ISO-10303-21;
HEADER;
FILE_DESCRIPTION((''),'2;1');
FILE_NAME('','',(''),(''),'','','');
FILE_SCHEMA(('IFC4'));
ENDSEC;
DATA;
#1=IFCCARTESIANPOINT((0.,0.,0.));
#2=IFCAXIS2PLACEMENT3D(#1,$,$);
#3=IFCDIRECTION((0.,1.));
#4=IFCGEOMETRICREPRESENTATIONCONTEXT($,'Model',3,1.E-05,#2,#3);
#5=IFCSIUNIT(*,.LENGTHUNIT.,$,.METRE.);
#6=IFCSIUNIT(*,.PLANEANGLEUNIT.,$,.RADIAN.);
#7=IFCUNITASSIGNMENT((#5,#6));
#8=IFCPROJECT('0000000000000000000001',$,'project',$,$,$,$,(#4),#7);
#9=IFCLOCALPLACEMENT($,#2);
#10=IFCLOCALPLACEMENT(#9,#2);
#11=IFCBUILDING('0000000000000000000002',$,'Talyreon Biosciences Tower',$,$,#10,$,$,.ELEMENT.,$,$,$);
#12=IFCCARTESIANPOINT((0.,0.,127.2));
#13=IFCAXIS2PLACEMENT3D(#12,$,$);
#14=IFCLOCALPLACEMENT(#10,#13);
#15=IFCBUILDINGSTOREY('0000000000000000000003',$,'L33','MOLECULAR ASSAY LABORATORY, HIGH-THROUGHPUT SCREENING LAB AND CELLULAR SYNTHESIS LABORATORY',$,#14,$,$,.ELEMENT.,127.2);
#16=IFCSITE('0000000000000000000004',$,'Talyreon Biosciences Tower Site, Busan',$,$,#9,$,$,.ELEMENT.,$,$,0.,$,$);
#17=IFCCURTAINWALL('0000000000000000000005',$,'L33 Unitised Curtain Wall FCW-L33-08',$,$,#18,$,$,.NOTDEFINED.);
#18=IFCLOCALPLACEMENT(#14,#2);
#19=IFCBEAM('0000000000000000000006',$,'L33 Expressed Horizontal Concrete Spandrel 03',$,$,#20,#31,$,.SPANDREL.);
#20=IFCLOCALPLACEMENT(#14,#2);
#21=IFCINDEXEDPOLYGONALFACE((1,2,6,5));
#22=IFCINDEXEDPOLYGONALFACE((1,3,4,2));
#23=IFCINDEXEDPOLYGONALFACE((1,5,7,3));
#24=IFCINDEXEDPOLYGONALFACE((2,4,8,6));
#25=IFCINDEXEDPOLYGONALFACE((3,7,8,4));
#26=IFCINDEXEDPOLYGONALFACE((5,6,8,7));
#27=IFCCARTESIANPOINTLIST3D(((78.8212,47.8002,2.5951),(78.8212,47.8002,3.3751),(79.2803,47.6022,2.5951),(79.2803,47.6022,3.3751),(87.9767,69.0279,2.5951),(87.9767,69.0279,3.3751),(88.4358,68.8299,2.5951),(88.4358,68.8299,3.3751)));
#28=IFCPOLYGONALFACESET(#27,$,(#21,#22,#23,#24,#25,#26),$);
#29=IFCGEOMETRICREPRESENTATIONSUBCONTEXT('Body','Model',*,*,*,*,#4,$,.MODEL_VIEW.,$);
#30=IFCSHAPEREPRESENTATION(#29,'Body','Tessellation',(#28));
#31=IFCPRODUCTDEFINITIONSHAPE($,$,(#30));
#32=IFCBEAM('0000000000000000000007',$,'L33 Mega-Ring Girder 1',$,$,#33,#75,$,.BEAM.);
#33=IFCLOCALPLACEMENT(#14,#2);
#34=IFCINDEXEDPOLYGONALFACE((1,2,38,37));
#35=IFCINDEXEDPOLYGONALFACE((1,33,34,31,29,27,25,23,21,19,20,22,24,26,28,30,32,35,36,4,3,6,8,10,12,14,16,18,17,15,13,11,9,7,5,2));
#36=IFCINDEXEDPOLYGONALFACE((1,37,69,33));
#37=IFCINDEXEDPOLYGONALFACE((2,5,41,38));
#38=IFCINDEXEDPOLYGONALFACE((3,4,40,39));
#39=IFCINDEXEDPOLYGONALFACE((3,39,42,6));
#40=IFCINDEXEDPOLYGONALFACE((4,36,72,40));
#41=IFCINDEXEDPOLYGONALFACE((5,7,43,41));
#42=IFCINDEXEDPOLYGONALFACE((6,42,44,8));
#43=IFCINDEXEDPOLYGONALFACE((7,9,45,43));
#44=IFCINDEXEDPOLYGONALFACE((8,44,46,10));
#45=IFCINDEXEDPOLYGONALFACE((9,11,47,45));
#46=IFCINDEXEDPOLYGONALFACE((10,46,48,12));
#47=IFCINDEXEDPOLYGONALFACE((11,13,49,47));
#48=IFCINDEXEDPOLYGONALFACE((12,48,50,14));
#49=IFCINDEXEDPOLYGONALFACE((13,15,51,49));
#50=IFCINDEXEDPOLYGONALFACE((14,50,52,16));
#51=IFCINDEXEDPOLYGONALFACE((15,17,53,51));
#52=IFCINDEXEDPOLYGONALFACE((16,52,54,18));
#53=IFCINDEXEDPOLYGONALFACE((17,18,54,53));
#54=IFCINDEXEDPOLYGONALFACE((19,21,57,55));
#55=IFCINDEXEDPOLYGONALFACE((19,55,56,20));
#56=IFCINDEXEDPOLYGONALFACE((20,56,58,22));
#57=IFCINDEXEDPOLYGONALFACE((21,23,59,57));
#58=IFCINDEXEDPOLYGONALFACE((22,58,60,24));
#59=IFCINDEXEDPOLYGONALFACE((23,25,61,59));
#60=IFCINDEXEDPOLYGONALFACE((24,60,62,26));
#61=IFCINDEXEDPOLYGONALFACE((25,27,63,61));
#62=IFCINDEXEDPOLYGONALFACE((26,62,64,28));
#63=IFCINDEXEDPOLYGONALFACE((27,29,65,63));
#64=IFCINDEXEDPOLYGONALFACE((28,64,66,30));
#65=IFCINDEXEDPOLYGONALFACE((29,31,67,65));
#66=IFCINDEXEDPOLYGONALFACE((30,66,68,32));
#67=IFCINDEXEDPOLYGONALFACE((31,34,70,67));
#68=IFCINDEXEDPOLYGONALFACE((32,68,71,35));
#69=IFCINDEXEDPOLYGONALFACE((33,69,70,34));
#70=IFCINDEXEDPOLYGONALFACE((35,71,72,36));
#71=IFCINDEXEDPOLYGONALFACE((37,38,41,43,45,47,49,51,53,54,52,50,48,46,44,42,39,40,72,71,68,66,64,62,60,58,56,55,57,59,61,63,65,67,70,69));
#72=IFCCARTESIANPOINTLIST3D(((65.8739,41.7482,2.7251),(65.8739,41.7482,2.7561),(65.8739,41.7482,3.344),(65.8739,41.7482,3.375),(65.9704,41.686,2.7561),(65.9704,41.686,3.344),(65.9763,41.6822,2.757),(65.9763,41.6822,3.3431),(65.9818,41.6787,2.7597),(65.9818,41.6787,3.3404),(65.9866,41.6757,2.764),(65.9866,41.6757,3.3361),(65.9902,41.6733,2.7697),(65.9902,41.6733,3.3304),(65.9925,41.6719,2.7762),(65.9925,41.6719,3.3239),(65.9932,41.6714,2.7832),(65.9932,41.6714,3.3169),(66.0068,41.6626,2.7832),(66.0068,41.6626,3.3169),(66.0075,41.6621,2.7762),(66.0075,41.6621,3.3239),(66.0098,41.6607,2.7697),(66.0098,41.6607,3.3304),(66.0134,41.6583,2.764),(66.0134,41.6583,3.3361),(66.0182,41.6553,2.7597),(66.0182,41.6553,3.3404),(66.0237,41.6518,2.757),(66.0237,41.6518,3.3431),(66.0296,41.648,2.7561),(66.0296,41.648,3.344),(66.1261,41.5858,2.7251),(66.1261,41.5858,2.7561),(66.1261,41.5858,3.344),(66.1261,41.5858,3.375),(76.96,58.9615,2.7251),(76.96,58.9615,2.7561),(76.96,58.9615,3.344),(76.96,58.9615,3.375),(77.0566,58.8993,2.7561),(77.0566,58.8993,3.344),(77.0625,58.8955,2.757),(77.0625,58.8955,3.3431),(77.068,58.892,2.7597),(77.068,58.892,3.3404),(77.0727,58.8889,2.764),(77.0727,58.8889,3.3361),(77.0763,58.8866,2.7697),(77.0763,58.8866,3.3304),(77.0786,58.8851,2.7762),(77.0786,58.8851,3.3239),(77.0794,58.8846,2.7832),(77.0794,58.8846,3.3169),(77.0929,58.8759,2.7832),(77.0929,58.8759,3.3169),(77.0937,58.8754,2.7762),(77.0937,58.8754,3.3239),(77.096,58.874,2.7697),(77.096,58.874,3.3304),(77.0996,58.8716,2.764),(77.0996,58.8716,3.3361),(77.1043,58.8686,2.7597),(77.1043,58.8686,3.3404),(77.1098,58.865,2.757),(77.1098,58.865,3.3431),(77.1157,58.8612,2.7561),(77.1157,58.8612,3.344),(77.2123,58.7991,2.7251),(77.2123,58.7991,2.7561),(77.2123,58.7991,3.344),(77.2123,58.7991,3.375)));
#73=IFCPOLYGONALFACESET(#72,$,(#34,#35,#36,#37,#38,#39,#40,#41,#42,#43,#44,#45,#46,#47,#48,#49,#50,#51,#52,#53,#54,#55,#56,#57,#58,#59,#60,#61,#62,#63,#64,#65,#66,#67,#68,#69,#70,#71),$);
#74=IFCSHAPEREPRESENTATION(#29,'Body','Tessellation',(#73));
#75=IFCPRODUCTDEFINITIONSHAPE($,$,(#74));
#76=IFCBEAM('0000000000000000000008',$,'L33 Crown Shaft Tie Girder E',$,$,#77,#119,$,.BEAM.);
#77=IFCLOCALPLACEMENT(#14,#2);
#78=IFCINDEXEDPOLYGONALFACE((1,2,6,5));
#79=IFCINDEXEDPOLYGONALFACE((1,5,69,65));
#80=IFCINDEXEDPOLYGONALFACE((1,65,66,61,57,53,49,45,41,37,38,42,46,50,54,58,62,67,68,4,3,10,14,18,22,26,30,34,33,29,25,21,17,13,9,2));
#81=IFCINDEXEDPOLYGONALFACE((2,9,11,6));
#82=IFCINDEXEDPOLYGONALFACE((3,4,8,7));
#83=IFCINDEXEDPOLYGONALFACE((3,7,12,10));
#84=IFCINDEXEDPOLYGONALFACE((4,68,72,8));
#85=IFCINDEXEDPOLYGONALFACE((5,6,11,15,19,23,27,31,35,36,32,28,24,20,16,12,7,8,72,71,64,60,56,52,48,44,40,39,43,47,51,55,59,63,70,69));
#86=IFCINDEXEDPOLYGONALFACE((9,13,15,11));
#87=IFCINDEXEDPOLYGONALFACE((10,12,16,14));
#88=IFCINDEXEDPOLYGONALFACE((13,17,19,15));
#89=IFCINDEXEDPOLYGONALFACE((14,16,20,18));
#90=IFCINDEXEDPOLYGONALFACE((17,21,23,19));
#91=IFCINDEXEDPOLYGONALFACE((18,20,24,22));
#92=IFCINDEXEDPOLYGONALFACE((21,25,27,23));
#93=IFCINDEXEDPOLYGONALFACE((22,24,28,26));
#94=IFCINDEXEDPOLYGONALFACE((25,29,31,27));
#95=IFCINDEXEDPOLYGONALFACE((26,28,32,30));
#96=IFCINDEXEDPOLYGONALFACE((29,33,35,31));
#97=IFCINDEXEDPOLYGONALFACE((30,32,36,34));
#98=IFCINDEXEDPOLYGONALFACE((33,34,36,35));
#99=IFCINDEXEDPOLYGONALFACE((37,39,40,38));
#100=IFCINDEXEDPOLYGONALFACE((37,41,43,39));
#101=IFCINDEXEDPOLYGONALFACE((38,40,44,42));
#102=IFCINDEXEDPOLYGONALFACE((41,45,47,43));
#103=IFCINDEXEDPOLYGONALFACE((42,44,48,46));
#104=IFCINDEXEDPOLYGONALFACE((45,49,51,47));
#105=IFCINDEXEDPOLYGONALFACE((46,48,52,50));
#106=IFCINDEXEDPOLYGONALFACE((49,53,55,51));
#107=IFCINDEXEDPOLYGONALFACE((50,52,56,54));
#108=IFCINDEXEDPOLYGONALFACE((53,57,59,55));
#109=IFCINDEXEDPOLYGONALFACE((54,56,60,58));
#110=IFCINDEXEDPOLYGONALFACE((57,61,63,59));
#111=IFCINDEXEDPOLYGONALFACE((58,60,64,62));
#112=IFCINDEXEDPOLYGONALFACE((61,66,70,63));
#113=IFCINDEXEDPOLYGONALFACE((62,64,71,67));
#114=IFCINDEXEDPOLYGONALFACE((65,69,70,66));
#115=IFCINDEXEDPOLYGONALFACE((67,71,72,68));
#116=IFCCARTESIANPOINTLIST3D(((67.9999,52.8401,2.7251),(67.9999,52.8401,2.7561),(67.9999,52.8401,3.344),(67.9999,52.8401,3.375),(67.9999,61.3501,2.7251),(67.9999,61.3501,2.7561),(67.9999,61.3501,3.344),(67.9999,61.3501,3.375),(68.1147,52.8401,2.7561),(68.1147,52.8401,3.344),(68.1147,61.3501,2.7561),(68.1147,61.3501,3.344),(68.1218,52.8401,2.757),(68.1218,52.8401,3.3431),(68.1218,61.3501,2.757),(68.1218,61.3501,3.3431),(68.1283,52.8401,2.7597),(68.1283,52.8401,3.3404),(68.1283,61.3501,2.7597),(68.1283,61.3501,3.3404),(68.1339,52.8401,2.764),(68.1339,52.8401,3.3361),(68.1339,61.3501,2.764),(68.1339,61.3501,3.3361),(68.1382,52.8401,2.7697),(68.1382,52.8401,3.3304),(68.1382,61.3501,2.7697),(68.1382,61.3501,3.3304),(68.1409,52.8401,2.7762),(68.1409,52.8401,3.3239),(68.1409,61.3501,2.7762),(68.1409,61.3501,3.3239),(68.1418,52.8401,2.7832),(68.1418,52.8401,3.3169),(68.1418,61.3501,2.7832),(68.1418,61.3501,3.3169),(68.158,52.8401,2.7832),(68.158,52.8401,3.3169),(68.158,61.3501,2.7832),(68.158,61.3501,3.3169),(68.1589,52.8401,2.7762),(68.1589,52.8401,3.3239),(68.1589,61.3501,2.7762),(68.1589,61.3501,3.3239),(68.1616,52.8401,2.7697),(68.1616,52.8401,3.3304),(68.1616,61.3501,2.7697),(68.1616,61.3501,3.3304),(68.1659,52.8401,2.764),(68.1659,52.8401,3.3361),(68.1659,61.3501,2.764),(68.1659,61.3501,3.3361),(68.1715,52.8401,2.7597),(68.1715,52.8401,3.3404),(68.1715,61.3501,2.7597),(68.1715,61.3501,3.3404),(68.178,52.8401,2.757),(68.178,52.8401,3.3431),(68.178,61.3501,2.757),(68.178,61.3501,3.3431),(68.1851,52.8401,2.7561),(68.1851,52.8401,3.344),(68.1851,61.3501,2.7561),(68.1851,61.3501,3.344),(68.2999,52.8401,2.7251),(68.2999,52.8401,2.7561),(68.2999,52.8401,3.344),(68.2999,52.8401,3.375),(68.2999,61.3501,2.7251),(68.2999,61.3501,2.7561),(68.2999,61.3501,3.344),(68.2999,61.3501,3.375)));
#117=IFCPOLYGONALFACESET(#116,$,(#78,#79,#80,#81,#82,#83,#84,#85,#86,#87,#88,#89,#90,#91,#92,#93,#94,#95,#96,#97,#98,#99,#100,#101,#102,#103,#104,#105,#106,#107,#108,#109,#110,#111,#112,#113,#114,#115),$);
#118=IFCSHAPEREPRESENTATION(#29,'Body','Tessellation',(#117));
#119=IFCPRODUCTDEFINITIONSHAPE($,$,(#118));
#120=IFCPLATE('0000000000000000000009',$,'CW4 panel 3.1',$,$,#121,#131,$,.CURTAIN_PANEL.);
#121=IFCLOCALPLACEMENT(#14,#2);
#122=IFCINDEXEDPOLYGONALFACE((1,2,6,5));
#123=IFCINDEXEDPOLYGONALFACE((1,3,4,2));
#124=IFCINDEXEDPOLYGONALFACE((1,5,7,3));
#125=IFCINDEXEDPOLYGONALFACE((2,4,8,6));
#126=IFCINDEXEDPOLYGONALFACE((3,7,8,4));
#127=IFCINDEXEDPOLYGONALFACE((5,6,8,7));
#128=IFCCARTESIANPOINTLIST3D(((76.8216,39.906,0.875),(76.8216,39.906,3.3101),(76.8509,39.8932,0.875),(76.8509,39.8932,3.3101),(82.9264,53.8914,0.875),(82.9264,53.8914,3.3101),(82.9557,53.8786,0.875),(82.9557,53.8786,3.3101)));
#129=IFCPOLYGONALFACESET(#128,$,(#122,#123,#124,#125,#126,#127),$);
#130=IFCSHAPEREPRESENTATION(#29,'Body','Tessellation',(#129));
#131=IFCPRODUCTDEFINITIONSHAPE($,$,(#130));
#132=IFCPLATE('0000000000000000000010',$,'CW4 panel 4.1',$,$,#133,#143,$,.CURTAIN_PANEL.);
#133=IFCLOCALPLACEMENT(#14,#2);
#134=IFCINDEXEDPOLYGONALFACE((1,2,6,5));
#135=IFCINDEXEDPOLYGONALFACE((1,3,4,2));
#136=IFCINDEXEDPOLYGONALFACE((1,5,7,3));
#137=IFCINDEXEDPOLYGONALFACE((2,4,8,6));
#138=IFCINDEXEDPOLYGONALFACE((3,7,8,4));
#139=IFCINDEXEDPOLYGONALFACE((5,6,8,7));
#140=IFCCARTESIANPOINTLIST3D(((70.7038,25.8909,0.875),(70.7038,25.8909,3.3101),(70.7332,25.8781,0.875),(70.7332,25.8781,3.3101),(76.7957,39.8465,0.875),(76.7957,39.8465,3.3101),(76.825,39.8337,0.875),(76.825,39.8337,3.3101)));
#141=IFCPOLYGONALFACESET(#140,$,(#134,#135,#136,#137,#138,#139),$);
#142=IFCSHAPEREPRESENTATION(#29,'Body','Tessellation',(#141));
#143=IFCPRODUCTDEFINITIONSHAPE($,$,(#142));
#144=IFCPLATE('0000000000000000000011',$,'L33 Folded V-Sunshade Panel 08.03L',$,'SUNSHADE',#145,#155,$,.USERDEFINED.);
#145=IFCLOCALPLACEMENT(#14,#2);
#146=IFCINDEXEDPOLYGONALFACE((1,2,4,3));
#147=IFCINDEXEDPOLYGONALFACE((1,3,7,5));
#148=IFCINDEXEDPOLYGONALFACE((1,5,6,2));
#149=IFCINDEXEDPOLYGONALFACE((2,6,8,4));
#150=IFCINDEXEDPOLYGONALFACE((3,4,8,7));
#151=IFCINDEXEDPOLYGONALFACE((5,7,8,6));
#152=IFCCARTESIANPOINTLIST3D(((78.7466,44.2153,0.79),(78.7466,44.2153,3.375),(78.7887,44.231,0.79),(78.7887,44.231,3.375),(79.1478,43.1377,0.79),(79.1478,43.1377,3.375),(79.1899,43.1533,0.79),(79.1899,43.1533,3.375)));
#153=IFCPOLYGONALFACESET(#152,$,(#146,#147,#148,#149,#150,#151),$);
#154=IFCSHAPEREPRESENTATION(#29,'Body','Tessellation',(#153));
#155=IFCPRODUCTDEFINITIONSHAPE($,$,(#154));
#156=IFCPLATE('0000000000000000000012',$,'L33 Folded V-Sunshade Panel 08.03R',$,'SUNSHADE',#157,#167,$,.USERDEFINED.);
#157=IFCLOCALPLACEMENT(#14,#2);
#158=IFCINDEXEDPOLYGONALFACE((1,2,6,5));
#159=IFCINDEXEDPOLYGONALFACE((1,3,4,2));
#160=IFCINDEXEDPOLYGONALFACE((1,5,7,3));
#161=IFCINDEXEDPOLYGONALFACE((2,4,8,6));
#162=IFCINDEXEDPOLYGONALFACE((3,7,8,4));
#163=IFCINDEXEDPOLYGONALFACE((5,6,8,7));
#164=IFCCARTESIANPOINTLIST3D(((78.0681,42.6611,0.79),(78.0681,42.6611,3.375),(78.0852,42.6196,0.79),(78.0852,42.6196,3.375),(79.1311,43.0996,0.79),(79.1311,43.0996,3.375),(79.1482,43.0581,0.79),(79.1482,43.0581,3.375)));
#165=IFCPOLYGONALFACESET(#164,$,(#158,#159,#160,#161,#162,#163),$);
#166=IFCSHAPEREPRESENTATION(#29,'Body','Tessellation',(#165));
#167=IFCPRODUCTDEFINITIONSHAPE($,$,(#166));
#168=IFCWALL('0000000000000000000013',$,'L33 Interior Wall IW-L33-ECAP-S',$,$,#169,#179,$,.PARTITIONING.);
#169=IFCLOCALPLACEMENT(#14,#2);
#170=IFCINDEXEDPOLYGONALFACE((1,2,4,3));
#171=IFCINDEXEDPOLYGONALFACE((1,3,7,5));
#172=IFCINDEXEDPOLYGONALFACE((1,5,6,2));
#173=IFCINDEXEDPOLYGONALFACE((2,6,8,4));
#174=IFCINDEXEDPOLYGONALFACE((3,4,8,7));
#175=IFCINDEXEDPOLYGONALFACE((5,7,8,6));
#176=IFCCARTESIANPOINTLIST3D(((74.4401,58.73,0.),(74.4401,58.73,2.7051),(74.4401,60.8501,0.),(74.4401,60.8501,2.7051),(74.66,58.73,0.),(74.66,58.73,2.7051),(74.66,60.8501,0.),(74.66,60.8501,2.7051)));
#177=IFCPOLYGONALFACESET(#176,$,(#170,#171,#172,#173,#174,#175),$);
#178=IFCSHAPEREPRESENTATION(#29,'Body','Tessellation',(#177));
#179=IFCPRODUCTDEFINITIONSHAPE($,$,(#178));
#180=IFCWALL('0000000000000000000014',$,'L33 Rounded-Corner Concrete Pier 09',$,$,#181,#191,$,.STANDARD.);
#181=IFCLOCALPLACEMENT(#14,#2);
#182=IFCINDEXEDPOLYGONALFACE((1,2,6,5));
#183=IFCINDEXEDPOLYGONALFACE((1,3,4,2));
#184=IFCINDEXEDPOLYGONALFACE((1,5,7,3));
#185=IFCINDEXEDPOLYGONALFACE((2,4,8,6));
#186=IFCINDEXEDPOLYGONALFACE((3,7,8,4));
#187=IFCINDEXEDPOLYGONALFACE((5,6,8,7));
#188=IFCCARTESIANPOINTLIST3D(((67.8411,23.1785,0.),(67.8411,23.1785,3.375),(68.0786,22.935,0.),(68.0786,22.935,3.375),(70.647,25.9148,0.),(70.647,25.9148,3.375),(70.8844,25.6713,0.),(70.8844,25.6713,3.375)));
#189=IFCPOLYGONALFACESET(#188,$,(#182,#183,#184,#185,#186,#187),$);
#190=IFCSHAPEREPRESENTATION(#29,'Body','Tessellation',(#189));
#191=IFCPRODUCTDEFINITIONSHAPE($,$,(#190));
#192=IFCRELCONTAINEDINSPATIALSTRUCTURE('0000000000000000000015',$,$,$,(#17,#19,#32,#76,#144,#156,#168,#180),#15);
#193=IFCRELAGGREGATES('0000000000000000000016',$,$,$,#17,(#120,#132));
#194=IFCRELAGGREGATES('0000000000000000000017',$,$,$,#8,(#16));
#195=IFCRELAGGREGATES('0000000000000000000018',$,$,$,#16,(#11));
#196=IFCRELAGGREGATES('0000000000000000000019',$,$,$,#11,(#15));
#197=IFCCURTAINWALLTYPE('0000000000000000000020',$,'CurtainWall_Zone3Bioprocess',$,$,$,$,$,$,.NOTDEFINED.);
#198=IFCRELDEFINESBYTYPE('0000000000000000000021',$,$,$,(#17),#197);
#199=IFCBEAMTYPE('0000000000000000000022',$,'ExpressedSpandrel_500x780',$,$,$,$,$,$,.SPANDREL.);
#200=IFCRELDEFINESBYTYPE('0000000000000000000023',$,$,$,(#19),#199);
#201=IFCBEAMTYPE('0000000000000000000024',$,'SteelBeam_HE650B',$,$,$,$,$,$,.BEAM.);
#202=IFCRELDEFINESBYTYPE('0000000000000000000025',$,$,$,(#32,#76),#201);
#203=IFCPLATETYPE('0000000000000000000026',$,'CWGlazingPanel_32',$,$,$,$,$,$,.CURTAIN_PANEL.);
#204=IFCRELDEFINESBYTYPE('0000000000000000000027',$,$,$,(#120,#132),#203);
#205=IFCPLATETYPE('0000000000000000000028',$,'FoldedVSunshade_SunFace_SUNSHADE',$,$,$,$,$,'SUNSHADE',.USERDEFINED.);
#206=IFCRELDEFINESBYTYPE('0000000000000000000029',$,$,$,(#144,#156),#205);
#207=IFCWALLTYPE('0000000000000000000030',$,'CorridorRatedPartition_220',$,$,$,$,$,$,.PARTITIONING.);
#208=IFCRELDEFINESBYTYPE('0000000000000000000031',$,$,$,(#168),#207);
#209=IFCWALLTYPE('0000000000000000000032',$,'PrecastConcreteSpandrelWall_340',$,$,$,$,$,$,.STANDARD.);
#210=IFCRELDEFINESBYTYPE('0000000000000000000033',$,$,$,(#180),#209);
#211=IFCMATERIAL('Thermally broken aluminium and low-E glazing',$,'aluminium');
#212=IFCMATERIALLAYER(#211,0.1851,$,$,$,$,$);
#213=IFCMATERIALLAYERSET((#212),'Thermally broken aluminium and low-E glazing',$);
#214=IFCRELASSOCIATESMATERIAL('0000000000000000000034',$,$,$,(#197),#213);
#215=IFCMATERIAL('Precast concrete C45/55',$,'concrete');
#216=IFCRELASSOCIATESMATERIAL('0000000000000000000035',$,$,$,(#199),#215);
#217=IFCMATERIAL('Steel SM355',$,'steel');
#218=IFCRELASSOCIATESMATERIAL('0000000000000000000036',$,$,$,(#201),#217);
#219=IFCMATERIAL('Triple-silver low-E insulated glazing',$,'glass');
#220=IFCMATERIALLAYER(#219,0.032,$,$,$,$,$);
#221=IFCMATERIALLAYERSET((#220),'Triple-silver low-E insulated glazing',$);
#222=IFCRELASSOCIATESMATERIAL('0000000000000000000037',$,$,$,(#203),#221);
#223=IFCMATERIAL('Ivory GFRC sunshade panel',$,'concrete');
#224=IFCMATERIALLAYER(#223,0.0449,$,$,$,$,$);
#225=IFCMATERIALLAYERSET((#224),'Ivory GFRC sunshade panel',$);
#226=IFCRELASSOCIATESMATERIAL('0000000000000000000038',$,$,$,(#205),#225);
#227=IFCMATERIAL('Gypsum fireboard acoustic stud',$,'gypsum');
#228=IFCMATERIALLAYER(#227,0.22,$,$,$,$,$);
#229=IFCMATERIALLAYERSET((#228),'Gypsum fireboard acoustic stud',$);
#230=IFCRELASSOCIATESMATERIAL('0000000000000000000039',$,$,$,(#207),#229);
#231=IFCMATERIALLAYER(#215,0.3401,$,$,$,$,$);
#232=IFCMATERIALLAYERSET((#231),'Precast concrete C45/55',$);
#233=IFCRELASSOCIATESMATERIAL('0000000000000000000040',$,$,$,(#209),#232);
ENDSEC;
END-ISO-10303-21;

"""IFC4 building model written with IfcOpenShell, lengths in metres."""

from ifc_helpers import new_model, si_unit, direction, frame, frame_2d, origin, origin_2d, place, context, subcontext, project, spatial, rectangle, i_section, extrude, material, layer, layer_set, material_profile, profile_set, type_object, element, aggregate, save


model = new_model("IFC4")

# Units and contexts
model_context = context("Model", 3, precision=1e-05, world=origin(), true_north=direction((0.0, 1.0)))
body_context = subcontext(model_context, "Body", "Model", "MODEL_VIEW")
ifc_project = project(units=[si_unit("LENGTHUNIT", "METRE"), si_unit("PLANEANGLEUNIT", "RADIAN")], contexts=[model_context])

# Site, building, storey
site_placement = place(None, origin())
site = spatial("IfcSite", under=ifc_project, at=site_placement, Name="Talyreon Biosciences Tower Site, Busan", CompositionType="ELEMENT", RefElevation=0.0)
building_placement = place(site_placement, origin())
building = spatial("IfcBuilding", under=site, at=building_placement, Name="Talyreon Biosciences Tower", CompositionType="ELEMENT")
storey_placement = place(building_placement, frame((0.0, 0.0, 127.2)))
storey = spatial("IfcBuildingStorey", under=building, at=storey_placement, Name="L33", Description="MOLECULAR ASSAY LABORATORY, HIGH-THROUGHPUT SCREENING LAB AND CELLULAR SYNTHESIS LABORATORY", CompositionType="ELEMENT", Elevation=127.2)

# Shared definitions
ifc_material_1 = material(Name="Precast concrete C45/55", Category="concrete")

# Curtain wall
ifc_material_2 = material(Name="Thermally broken aluminium and low-E glazing", Category="aluminium")
ifc_layer_1 = layer(ifc_material_2, 0.1851)
ifc_layer_set_1 = layer_set([ifc_layer_1], Name="Thermally broken aluminium and low-E glazing")
curtain_wall_type = type_object("IfcCurtainWallType", Name="CurtainWall_Zone3Bioprocess", PredefinedType="NOTDEFINED", material=ifc_layer_set_1)
curtain_wall_placement = place(storey_placement, origin())
curtain_wall = element("IfcCurtainWall", 1, at=curtain_wall_placement, inside=storey, type_object=curtain_wall_type, Name="L33 Unitised Curtain Wall FCW-L33-08", PredefinedType="NOTDEFINED")

# Beams
ifc_material_profile_1 = material_profile(ifc_material_1, rectangle(XDim=0.5, YDim=0.78, at=origin_2d()), Name="RCB 500x780")
ifc_profile_set_1 = profile_set([ifc_material_profile_1], Name="Precast concrete C45/55")
beam_type_1 = type_object("IfcBeamType", Name="ExpressedSpandrel_500x780", PredefinedType="SPANDREL", material=ifc_profile_set_1)
beam_1_placement = place(storey_placement, frame((79.0508, 47.7012, 2.9851), z_axis=(0.396034, 0.918236, 0.0), x_axis=(-0.918236, 0.396034, 0.0)))
element("IfcBeam", 2, at=beam_1_placement, inside=storey, type_object=beam_type_1, Name="L33 Expressed Horizontal Concrete Spandrel 03", PredefinedType="SPANDREL", context=body_context, shape_type="SweptSolid", body=[
    extrude(rectangle(XDim=0.5, YDim=0.78, at=origin_2d()), origin(), (0.0, 0.0, 1.0), 23.1179),
])
ifc_material_3 = material(Name="Steel SM355", Category="steel")
ifc_material_profile_2 = material_profile(ifc_material_3, i_section(OverallWidth=0.3, OverallDepth=0.6499, WebThickness=0.0161, FlangeThickness=0.031, FilletRadius=0.0271, at=origin_2d()), Name="HE650B")
ifc_profile_set_2 = profile_set([ifc_material_profile_2], Name="Steel SM355")
beam_type_2 = type_object("IfcBeamType", Name="SteelBeam_HE650B", PredefinedType="BEAM", material=ifc_profile_set_2)
beam_2_placement = place(storey_placement, frame((66.0, 41.667, 3.05), z_axis=(0.541464, 0.840724, 0.0), x_axis=(-0.840724, 0.541464, 0.0)))
element("IfcBeam", 3, at=beam_2_placement, inside=storey, type_object=beam_type_2, Name="L33 Mega-Ring Girder 1", PredefinedType="BEAM", context=body_context, shape_type="SweptSolid", body=[
    extrude(i_section(OverallWidth=0.3, OverallDepth=0.6499, WebThickness=0.0161, FlangeThickness=0.031, FilletRadius=0.0271, at=origin_2d()), origin(), (0.0, 0.0, 1.0), 20.4744),
])
beam_3_placement = place(storey_placement, frame((68.1499, 52.8401, 3.05), z_axis=(0.0, 1.0, 0.0), x_axis=(-1.0, 0.0, 0.0)))
element("IfcBeam", 4, at=beam_3_placement, inside=storey, type_object=beam_type_2, Name="L33 Crown Shaft Tie Girder E", PredefinedType="BEAM", context=body_context, shape_type="SweptSolid", body=[
    extrude(i_section(OverallWidth=0.3, OverallDepth=0.6499, WebThickness=0.0161, FlangeThickness=0.031, FilletRadius=0.0271, at=origin_2d()), origin(), (0.0, 0.0, 1.0), 8.51),
])

# Plates
ifc_material_4 = material(Name="Triple-silver low-E insulated glazing", Category="glass")
ifc_layer_2 = layer(ifc_material_4, 0.032)
ifc_layer_set_2 = layer_set([ifc_layer_2], Name="Triple-silver low-E insulated glazing")
plate_type_1 = type_object("IfcPlateType", Name="CWGlazingPanel_32", PredefinedType="CURTAIN_PANEL", material=ifc_layer_set_2)
plate_1_placement = place(storey_placement, frame((79.8887, 46.8923, 0.875), z_axis=(0.0, 0.0, 1.0), x_axis=(-0.400058, -0.91649, 0.0)))
plate_1 = element("IfcPlate", 5, at=plate_1_placement, type_object=plate_type_1, Name="CW4 panel 3.1", PredefinedType="CURTAIN_PANEL", context=body_context, shape_type="SweptSolid", body=[
    extrude(rectangle(XDim=15.2598, YDim=0.032, at=origin_2d()), origin(), (0.0, 0.0, 1.0), 2.4351),
])
plate_2_placement = place(storey_placement, frame((73.7644, 32.8623, 0.875), z_axis=(0.0, 0.0, 1.0), x_axis=(-0.400058, -0.91649, 0.0)))
plate_2 = element("IfcPlate", 6, at=plate_2_placement, type_object=plate_type_1, Name="CW4 panel 4.1", PredefinedType="CURTAIN_PANEL", context=body_context, shape_type="SweptSolid", body=[
    extrude(rectangle(XDim=15.2273, YDim=0.032, at=origin_2d()), origin(), (0.0, 0.0, 1.0), 2.4351),
])
aggregate(curtain_wall, [plate_1, plate_2])

# Plates
ifc_material_5 = material(Name="Ivory GFRC sunshade panel", Category="concrete")
ifc_layer_3 = layer(ifc_material_5, 0.0449)
ifc_layer_set_3 = layer_set([ifc_layer_3], Name="Ivory GFRC sunshade panel")
plate_type_2 = type_object("IfcPlateType", Name="FoldedVSunshade_SunFace_SUNSHADE", ElementType="SUNSHADE", PredefinedType="USERDEFINED", material=ifc_layer_set_3)
for number, where, z_axis, x_axis, name in (
    (7, (78.9683, 43.6843, 0.79), (0.0, 0.0, 1.0), (0.348866, -0.937172, 0.0), "L33 Folded V-Sunshade Panel 08.03L"),
    (8, (78.6082, 42.8596, 0.79), (0.0, 0.0, 1.0), (-0.924426, -0.381361, 0.0), "L33 Folded V-Sunshade Panel 08.03R"),
):
    element("IfcPlate", number, at=place(storey_placement, frame(where, z_axis=z_axis, x_axis=x_axis)), inside=storey, type_object=plate_type_2, Name=name, ObjectType="SUNSHADE", PredefinedType="USERDEFINED", context=body_context, shape_type="SweptSolid", body=[
        extrude(rectangle(XDim=1.1499, YDim=0.0449, at=origin_2d()), origin(), (0.0, 0.0, 1.0), 2.585),
    ])

# Walls
ifc_material_6 = material(Name="Gypsum fireboard acoustic stud", Category="gypsum")
ifc_layer_4 = layer(ifc_material_6, 0.22)
ifc_layer_set_4 = layer_set([ifc_layer_4], Name="Gypsum fireboard acoustic stud")
wall_type_1 = type_object("IfcWallType", Name="CorridorRatedPartition_220", PredefinedType="PARTITIONING", material=ifc_layer_set_4)
wall_1_placement = place(storey_placement, frame((74.55, 58.73, 0.0), z_axis=(0.0, 0.0, 1.0), x_axis=(0.0, 1.0, 0.0)))
element("IfcWall", 9, at=wall_1_placement, inside=storey, type_object=wall_type_1, Name="L33 Interior Wall IW-L33-ECAP-S", PredefinedType="PARTITIONING", context=body_context, shape_type="SweptSolid", body=[
    extrude(rectangle(XDim=2.1201, YDim=0.22, at=frame_2d((1.0601, 0.0))), origin(), (0.0, 0.0, 1.0), 2.7051),
])
ifc_layer_5 = layer(ifc_material_1, 0.3401)
ifc_layer_set_5 = layer_set([ifc_layer_5], Name="Precast concrete C45/55")
wall_type_2 = type_object("IfcWallType", Name="PrecastConcreteSpandrelWall_340", PredefinedType="STANDARD", material=ifc_layer_set_5)
wall_2_placement = place(storey_placement, frame((70.7656, 25.793, 0.0), z_axis=(0.0, 0.0, 1.0), x_axis=(-0.715928, -0.698174, 0.0)))
element("IfcWall", 10, at=wall_2_placement, inside=storey, type_object=wall_type_2, Name="L33 Rounded-Corner Concrete Pier 09", PredefinedType="STANDARD", context=body_context, shape_type="SweptSolid", body=[
    extrude(rectangle(XDim=3.9192, YDim=0.3401, at=frame_2d((1.9595, 0.0))), origin(), (0.0, 0.0, 1.0), 3.375),
])

save(model, "model.ifc")
